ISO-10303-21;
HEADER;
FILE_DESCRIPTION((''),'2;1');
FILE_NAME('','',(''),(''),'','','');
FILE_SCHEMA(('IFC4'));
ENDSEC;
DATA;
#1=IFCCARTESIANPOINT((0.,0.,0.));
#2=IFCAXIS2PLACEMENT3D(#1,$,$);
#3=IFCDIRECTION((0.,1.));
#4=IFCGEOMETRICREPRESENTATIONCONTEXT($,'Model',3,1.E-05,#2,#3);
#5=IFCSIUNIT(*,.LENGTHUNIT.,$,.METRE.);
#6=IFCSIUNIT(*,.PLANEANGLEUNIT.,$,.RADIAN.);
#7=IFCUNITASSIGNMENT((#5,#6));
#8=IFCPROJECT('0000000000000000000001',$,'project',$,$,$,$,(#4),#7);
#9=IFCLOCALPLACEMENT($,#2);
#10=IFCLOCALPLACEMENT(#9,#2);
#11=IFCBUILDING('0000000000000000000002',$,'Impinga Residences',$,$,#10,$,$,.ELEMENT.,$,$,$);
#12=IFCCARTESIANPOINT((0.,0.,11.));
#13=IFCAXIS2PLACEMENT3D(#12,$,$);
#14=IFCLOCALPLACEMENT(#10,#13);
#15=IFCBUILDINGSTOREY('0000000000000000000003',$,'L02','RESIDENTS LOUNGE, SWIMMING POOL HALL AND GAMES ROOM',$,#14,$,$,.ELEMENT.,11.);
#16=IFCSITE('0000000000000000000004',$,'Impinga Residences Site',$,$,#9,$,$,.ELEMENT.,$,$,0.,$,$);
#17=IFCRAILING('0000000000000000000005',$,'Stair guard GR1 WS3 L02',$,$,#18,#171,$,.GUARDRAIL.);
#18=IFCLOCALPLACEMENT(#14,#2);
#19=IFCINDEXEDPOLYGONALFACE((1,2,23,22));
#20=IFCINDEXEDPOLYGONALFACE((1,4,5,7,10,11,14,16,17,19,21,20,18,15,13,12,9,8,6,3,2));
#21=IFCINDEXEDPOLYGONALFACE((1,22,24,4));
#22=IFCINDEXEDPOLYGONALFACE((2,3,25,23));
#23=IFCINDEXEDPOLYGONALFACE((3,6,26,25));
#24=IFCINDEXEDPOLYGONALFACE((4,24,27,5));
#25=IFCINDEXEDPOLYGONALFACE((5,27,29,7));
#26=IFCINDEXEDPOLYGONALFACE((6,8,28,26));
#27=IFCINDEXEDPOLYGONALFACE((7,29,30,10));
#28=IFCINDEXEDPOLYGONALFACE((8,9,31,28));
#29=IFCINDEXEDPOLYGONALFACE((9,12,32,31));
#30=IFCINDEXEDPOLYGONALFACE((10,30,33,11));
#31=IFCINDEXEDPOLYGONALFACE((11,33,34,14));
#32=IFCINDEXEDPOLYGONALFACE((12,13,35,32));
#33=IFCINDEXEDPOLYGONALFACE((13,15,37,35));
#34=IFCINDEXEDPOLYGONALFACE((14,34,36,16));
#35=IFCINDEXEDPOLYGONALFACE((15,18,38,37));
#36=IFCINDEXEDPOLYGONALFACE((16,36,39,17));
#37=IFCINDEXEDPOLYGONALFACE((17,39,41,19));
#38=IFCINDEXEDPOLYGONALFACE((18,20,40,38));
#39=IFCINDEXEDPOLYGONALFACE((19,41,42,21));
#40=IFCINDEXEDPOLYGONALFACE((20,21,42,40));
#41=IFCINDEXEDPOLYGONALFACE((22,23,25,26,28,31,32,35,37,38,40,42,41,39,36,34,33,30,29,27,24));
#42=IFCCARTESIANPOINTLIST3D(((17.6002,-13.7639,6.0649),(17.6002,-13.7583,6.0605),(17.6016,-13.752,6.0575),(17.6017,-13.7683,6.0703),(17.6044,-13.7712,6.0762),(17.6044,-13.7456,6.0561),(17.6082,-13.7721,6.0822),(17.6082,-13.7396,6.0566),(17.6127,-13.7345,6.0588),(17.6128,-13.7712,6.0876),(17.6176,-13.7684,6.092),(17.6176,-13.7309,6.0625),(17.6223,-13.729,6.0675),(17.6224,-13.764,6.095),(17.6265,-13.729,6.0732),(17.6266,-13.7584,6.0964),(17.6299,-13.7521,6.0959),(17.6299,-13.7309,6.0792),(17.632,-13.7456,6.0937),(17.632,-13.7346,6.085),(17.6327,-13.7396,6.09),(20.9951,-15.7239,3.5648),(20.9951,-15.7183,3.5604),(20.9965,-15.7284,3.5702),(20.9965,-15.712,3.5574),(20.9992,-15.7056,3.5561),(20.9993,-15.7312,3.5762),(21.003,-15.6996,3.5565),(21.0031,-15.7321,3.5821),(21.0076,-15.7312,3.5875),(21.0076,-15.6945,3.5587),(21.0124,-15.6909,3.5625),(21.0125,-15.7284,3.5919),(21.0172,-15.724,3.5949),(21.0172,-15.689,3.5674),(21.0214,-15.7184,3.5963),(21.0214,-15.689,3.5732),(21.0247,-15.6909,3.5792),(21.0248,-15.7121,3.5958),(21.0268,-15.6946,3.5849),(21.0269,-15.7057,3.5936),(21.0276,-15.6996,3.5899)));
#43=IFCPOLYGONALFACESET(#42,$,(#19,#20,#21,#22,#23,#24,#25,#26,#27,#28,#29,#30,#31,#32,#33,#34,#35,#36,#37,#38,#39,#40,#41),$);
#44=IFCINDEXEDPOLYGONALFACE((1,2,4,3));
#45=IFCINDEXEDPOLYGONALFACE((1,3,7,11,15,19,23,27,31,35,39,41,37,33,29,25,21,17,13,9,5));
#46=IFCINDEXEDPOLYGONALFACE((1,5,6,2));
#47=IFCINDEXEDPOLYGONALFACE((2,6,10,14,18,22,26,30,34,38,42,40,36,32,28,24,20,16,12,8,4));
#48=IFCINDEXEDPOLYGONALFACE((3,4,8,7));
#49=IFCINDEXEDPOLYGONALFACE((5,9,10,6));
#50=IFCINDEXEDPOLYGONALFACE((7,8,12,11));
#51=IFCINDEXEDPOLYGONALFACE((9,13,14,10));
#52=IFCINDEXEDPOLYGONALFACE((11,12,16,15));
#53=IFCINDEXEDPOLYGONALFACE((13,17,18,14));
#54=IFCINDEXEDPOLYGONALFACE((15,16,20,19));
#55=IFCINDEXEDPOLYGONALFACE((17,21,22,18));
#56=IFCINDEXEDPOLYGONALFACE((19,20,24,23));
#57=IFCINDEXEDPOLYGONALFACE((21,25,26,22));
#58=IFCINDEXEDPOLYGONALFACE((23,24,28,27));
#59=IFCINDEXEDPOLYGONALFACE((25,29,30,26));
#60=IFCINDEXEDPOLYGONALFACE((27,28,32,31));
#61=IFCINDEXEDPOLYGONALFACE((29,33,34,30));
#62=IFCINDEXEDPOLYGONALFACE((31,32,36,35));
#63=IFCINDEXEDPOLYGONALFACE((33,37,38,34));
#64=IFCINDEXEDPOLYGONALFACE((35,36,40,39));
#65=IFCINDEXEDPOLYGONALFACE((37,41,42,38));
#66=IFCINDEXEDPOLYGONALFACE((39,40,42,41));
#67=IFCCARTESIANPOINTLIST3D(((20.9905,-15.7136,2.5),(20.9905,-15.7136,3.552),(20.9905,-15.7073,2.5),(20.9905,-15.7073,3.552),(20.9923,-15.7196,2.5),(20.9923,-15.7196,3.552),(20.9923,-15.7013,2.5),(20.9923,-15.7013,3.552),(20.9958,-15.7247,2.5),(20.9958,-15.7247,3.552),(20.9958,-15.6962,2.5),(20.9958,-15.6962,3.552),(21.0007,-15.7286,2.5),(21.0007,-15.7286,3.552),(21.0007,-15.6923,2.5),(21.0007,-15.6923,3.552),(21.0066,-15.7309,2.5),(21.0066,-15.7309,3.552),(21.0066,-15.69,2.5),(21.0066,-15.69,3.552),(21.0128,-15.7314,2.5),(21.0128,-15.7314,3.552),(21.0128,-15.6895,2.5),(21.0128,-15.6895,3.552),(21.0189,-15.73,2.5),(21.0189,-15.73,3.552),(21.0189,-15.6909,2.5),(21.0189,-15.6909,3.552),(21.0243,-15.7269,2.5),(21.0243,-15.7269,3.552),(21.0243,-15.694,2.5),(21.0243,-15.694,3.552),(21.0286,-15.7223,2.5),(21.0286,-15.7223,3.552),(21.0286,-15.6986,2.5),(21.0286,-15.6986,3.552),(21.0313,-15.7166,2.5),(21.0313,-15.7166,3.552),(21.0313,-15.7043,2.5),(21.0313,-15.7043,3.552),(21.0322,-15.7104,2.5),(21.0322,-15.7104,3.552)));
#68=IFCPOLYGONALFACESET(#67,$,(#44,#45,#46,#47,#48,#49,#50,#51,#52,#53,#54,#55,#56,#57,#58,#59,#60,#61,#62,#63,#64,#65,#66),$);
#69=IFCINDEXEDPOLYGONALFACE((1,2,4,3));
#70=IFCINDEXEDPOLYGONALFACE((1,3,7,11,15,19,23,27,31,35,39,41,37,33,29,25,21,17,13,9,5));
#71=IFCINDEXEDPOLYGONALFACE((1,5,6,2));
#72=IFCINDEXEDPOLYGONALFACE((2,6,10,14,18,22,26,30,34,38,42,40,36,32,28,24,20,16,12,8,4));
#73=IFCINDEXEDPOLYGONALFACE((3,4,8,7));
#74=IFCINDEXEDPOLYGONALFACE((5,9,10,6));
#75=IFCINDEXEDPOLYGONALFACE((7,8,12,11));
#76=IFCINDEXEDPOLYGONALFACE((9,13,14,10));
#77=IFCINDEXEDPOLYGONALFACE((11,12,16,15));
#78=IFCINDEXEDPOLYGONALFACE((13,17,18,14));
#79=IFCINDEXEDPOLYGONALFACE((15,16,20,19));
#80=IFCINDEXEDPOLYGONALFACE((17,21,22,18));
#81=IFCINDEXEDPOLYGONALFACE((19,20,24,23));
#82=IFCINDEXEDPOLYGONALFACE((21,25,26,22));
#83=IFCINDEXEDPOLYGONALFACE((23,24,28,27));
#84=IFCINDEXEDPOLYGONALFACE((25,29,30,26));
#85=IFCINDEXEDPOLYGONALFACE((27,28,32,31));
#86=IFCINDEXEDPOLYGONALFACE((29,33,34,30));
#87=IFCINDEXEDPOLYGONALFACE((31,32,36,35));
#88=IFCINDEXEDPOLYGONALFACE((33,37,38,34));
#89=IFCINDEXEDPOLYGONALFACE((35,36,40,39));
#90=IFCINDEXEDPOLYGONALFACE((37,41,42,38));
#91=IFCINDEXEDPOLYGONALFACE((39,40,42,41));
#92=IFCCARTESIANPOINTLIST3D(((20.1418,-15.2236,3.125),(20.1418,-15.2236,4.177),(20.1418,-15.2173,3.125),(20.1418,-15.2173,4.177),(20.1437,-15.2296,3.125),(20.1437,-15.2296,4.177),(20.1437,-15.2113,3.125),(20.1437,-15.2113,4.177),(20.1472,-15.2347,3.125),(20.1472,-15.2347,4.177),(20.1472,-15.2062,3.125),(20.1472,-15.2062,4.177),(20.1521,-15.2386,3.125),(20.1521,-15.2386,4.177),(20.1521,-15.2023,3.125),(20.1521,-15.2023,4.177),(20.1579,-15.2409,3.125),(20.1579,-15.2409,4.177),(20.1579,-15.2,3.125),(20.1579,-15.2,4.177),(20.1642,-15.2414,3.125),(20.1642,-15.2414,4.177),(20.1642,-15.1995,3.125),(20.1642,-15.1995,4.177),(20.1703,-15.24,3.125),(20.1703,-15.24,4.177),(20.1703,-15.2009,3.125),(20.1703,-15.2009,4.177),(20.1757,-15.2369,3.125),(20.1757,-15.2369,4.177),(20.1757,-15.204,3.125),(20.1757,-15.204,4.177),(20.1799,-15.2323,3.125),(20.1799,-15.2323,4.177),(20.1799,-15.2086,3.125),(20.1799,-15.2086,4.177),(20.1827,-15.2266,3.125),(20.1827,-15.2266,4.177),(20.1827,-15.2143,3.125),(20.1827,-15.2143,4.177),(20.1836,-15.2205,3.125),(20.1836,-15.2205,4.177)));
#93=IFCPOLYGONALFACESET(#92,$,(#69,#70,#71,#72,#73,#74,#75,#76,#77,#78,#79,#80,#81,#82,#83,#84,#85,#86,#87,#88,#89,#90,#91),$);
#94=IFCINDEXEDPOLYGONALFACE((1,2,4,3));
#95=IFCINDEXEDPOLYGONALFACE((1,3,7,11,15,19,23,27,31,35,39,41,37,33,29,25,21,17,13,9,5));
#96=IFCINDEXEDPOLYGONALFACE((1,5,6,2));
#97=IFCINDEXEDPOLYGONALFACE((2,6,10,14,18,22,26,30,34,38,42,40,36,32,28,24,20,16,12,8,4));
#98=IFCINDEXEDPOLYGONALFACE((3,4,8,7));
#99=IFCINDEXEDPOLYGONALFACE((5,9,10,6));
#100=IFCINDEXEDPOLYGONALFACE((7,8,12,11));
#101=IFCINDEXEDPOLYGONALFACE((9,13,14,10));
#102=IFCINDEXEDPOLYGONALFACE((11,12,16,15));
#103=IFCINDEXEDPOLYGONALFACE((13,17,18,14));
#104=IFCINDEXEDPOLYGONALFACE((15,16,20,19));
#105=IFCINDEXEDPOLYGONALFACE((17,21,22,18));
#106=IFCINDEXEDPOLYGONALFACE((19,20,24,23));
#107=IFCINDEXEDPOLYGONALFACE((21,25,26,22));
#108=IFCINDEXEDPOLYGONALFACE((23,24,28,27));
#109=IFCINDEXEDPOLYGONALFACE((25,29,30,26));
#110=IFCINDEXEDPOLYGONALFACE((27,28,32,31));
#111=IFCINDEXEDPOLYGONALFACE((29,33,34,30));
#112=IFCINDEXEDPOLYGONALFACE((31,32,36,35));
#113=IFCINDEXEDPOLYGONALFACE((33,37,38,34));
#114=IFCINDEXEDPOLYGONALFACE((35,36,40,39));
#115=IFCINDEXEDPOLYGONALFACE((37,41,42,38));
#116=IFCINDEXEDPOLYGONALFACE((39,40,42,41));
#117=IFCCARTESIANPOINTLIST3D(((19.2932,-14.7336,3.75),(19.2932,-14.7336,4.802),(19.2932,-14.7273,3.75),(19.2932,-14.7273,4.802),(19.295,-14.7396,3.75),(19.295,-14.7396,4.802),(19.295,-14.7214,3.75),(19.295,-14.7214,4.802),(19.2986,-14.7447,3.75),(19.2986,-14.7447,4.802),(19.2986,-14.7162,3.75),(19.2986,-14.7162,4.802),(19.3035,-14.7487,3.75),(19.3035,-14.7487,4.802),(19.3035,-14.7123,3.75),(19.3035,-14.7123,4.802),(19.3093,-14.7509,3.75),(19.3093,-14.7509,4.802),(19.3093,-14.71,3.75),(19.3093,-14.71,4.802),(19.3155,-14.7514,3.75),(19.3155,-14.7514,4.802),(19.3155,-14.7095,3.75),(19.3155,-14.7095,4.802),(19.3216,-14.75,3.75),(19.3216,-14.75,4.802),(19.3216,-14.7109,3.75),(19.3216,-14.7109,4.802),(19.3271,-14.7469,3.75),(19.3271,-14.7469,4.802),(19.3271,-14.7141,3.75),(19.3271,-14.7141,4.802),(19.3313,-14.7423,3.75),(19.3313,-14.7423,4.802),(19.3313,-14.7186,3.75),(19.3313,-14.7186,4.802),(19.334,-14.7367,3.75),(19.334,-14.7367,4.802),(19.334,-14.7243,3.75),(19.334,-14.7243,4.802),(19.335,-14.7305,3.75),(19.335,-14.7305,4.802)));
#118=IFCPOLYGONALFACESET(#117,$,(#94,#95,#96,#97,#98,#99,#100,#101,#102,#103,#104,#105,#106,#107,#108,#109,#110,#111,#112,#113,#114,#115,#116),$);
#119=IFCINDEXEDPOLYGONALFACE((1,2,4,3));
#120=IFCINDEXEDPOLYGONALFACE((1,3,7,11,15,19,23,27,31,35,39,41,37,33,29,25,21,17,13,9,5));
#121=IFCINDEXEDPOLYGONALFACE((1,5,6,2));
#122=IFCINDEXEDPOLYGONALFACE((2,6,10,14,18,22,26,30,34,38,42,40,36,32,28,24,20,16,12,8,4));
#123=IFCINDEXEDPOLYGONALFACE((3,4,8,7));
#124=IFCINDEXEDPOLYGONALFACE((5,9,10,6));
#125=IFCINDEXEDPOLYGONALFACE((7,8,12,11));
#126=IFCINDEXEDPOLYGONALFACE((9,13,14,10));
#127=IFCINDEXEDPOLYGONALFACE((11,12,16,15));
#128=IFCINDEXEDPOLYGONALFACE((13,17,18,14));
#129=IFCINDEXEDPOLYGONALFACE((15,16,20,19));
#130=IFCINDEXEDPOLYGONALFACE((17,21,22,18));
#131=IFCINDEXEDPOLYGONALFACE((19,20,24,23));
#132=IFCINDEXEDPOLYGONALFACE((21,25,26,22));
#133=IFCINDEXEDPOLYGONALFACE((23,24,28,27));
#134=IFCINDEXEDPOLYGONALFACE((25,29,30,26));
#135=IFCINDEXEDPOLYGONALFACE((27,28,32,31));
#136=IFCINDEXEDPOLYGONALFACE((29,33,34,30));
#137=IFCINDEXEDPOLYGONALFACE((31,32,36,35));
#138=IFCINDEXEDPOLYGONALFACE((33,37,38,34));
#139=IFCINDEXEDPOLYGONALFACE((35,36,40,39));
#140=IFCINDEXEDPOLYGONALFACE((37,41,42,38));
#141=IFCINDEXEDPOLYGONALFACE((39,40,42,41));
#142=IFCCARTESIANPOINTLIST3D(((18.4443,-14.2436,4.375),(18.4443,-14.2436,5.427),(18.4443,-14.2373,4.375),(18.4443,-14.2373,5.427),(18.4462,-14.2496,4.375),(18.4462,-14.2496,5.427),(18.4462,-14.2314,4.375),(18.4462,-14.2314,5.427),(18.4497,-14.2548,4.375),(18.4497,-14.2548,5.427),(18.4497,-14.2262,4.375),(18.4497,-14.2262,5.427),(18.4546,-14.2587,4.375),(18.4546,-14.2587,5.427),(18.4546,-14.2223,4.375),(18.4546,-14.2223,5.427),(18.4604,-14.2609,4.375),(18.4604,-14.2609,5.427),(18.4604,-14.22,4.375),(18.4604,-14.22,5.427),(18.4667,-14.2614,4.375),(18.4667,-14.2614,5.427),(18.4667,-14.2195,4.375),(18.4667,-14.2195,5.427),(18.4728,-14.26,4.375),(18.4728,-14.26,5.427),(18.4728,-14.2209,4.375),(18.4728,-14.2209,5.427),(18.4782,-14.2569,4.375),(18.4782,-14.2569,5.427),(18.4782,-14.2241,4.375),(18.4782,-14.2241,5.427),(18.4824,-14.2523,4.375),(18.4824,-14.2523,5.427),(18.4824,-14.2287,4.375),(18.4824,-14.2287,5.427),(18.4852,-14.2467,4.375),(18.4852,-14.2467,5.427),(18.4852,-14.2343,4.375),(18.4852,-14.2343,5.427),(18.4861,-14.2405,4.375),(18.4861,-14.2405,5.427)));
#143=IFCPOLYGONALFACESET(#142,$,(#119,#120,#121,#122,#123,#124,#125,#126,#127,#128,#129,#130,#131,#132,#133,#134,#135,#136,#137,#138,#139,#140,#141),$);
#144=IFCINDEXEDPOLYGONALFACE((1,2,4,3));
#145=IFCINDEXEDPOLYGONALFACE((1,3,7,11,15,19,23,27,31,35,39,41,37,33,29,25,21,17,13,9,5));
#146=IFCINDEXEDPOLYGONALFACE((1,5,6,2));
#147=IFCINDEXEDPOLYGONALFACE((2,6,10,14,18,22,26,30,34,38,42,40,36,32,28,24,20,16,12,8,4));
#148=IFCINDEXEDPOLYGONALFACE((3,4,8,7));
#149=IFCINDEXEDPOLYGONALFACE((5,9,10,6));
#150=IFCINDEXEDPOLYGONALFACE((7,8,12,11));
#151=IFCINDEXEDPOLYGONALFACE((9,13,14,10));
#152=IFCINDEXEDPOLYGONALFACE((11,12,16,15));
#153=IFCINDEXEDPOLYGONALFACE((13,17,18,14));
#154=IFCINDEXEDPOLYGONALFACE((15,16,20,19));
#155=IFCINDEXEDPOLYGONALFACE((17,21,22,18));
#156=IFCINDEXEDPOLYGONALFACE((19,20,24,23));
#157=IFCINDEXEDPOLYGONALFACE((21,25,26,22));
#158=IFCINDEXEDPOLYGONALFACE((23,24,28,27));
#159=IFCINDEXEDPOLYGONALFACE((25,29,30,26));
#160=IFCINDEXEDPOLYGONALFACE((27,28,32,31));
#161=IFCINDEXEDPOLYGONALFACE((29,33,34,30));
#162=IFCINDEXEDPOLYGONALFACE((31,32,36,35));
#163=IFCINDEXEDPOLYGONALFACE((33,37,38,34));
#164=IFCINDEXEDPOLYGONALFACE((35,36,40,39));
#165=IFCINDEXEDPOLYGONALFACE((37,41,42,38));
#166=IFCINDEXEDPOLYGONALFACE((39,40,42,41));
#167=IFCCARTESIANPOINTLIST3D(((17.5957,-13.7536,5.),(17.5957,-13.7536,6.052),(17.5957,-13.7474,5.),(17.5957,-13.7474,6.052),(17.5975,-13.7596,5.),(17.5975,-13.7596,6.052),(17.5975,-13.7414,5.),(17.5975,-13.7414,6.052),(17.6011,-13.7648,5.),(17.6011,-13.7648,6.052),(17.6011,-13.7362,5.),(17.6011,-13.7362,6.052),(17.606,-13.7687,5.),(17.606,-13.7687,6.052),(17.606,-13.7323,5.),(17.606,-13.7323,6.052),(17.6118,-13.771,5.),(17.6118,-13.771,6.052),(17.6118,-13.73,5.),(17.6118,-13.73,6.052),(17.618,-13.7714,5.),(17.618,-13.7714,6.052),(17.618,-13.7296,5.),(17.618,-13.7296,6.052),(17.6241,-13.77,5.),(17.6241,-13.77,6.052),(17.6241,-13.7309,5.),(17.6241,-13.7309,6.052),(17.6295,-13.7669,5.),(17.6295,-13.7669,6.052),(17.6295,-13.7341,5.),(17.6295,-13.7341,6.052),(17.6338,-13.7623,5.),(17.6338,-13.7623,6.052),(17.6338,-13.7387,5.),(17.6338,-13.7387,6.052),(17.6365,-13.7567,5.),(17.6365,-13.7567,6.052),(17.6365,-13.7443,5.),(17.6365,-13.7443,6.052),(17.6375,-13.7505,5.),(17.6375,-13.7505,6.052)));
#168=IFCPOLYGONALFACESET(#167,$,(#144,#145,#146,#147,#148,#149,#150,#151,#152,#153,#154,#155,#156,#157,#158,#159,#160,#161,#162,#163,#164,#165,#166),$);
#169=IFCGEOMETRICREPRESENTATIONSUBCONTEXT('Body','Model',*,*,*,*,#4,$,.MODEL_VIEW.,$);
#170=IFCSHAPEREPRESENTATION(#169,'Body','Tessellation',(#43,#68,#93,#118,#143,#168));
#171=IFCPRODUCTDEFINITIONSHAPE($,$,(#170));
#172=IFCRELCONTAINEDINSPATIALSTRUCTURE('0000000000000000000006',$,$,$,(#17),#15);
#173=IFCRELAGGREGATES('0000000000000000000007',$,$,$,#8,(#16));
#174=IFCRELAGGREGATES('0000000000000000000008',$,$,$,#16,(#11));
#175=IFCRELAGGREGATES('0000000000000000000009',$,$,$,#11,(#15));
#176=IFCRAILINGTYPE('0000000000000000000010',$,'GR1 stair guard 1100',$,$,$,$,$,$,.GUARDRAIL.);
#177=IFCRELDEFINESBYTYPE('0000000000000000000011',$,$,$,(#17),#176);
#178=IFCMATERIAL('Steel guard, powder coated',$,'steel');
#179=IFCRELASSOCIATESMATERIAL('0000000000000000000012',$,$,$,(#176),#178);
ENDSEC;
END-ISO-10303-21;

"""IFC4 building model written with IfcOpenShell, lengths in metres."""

from ifc_helpers import new_model, si_unit, direction, frame, origin, origin_2d, place, context, subcontext, project, spatial, circle, extrude, material, type_object, element, save


model = new_model("IFC4")

# Units and contexts
model_context = context("Model", 3, precision=1e-05, world=origin(), true_north=direction((0.0, 1.0)))
body_context = subcontext(model_context, "Body", "Model", "MODEL_VIEW")
ifc_project = project(units=[si_unit("LENGTHUNIT", "METRE"), si_unit("PLANEANGLEUNIT", "RADIAN")], contexts=[model_context])

# Site, building, storey
site_placement = place(None, origin())
site = spatial("IfcSite", under=ifc_project, at=site_placement, Name="Impinga Residences Site", CompositionType="ELEMENT", RefElevation=0.0)
building_placement = place(site_placement, origin())
building = spatial("IfcBuilding", under=site, at=building_placement, Name="Impinga Residences", CompositionType="ELEMENT")
storey_placement = place(building_placement, frame((0.0, 0.0, 11.0)))
storey = spatial("IfcBuildingStorey", under=building, at=storey_placement, Name="L02", Description="RESIDENTS LOUNGE, SWIMMING POOL HALL AND GAMES ROOM", CompositionType="ELEMENT", Elevation=11.0)

# Railing
ifc_material_1 = material(Name="Steel guard, powder coated", Category="steel")
railing_type_1 = type_object("IfcRailingType", Name="GR1 stair guard 1100", PredefinedType="GUARDRAIL", material=ifc_material_1)
railing_1_placement = place(storey_placement, frame((21.0112, -15.7104, 2.5)))
element("IfcRailing", 1, at=railing_1_placement, inside=storey, type_object=railing_type_1, Name="Stair guard GR1 WS3 L02", PredefinedType="GUARDRAIL", context=body_context, shape_type="SweptSolid", body=[
    extrude(circle(Radius=0.0239, at=origin_2d()), frame((0.0, 0.0, 1.0762), z_axis=(-0.73017, 0.421561, 0.537716), x_axis=(-0.499997, -0.866027, 0.0)), (0.0, 0.0, 1.0), 4.6494),
    extrude(circle(Radius=0.021, at=origin_2d()), origin(), (0.0, 0.0, 1.0), 1.052),
    extrude(circle(Radius=0.021, at=origin_2d()), frame((-0.8486, 0.49, 0.625)), (0.0, 0.0, 1.0), 1.052),
    extrude(circle(Radius=0.021, at=origin_2d()), frame((-1.6973, 0.98, 1.25)), (0.0, 0.0, 1.0), 1.052),
    extrude(circle(Radius=0.021, at=origin_2d()), frame((-2.5461, 1.47, 1.875)), (0.0, 0.0, 1.0), 1.052),
    extrude(circle(Radius=0.021, at=origin_2d()), frame((-3.3948, 1.96, 2.5)), (0.0, 0.0, 1.0), 1.052),
])

save(model, "model.ifc")
